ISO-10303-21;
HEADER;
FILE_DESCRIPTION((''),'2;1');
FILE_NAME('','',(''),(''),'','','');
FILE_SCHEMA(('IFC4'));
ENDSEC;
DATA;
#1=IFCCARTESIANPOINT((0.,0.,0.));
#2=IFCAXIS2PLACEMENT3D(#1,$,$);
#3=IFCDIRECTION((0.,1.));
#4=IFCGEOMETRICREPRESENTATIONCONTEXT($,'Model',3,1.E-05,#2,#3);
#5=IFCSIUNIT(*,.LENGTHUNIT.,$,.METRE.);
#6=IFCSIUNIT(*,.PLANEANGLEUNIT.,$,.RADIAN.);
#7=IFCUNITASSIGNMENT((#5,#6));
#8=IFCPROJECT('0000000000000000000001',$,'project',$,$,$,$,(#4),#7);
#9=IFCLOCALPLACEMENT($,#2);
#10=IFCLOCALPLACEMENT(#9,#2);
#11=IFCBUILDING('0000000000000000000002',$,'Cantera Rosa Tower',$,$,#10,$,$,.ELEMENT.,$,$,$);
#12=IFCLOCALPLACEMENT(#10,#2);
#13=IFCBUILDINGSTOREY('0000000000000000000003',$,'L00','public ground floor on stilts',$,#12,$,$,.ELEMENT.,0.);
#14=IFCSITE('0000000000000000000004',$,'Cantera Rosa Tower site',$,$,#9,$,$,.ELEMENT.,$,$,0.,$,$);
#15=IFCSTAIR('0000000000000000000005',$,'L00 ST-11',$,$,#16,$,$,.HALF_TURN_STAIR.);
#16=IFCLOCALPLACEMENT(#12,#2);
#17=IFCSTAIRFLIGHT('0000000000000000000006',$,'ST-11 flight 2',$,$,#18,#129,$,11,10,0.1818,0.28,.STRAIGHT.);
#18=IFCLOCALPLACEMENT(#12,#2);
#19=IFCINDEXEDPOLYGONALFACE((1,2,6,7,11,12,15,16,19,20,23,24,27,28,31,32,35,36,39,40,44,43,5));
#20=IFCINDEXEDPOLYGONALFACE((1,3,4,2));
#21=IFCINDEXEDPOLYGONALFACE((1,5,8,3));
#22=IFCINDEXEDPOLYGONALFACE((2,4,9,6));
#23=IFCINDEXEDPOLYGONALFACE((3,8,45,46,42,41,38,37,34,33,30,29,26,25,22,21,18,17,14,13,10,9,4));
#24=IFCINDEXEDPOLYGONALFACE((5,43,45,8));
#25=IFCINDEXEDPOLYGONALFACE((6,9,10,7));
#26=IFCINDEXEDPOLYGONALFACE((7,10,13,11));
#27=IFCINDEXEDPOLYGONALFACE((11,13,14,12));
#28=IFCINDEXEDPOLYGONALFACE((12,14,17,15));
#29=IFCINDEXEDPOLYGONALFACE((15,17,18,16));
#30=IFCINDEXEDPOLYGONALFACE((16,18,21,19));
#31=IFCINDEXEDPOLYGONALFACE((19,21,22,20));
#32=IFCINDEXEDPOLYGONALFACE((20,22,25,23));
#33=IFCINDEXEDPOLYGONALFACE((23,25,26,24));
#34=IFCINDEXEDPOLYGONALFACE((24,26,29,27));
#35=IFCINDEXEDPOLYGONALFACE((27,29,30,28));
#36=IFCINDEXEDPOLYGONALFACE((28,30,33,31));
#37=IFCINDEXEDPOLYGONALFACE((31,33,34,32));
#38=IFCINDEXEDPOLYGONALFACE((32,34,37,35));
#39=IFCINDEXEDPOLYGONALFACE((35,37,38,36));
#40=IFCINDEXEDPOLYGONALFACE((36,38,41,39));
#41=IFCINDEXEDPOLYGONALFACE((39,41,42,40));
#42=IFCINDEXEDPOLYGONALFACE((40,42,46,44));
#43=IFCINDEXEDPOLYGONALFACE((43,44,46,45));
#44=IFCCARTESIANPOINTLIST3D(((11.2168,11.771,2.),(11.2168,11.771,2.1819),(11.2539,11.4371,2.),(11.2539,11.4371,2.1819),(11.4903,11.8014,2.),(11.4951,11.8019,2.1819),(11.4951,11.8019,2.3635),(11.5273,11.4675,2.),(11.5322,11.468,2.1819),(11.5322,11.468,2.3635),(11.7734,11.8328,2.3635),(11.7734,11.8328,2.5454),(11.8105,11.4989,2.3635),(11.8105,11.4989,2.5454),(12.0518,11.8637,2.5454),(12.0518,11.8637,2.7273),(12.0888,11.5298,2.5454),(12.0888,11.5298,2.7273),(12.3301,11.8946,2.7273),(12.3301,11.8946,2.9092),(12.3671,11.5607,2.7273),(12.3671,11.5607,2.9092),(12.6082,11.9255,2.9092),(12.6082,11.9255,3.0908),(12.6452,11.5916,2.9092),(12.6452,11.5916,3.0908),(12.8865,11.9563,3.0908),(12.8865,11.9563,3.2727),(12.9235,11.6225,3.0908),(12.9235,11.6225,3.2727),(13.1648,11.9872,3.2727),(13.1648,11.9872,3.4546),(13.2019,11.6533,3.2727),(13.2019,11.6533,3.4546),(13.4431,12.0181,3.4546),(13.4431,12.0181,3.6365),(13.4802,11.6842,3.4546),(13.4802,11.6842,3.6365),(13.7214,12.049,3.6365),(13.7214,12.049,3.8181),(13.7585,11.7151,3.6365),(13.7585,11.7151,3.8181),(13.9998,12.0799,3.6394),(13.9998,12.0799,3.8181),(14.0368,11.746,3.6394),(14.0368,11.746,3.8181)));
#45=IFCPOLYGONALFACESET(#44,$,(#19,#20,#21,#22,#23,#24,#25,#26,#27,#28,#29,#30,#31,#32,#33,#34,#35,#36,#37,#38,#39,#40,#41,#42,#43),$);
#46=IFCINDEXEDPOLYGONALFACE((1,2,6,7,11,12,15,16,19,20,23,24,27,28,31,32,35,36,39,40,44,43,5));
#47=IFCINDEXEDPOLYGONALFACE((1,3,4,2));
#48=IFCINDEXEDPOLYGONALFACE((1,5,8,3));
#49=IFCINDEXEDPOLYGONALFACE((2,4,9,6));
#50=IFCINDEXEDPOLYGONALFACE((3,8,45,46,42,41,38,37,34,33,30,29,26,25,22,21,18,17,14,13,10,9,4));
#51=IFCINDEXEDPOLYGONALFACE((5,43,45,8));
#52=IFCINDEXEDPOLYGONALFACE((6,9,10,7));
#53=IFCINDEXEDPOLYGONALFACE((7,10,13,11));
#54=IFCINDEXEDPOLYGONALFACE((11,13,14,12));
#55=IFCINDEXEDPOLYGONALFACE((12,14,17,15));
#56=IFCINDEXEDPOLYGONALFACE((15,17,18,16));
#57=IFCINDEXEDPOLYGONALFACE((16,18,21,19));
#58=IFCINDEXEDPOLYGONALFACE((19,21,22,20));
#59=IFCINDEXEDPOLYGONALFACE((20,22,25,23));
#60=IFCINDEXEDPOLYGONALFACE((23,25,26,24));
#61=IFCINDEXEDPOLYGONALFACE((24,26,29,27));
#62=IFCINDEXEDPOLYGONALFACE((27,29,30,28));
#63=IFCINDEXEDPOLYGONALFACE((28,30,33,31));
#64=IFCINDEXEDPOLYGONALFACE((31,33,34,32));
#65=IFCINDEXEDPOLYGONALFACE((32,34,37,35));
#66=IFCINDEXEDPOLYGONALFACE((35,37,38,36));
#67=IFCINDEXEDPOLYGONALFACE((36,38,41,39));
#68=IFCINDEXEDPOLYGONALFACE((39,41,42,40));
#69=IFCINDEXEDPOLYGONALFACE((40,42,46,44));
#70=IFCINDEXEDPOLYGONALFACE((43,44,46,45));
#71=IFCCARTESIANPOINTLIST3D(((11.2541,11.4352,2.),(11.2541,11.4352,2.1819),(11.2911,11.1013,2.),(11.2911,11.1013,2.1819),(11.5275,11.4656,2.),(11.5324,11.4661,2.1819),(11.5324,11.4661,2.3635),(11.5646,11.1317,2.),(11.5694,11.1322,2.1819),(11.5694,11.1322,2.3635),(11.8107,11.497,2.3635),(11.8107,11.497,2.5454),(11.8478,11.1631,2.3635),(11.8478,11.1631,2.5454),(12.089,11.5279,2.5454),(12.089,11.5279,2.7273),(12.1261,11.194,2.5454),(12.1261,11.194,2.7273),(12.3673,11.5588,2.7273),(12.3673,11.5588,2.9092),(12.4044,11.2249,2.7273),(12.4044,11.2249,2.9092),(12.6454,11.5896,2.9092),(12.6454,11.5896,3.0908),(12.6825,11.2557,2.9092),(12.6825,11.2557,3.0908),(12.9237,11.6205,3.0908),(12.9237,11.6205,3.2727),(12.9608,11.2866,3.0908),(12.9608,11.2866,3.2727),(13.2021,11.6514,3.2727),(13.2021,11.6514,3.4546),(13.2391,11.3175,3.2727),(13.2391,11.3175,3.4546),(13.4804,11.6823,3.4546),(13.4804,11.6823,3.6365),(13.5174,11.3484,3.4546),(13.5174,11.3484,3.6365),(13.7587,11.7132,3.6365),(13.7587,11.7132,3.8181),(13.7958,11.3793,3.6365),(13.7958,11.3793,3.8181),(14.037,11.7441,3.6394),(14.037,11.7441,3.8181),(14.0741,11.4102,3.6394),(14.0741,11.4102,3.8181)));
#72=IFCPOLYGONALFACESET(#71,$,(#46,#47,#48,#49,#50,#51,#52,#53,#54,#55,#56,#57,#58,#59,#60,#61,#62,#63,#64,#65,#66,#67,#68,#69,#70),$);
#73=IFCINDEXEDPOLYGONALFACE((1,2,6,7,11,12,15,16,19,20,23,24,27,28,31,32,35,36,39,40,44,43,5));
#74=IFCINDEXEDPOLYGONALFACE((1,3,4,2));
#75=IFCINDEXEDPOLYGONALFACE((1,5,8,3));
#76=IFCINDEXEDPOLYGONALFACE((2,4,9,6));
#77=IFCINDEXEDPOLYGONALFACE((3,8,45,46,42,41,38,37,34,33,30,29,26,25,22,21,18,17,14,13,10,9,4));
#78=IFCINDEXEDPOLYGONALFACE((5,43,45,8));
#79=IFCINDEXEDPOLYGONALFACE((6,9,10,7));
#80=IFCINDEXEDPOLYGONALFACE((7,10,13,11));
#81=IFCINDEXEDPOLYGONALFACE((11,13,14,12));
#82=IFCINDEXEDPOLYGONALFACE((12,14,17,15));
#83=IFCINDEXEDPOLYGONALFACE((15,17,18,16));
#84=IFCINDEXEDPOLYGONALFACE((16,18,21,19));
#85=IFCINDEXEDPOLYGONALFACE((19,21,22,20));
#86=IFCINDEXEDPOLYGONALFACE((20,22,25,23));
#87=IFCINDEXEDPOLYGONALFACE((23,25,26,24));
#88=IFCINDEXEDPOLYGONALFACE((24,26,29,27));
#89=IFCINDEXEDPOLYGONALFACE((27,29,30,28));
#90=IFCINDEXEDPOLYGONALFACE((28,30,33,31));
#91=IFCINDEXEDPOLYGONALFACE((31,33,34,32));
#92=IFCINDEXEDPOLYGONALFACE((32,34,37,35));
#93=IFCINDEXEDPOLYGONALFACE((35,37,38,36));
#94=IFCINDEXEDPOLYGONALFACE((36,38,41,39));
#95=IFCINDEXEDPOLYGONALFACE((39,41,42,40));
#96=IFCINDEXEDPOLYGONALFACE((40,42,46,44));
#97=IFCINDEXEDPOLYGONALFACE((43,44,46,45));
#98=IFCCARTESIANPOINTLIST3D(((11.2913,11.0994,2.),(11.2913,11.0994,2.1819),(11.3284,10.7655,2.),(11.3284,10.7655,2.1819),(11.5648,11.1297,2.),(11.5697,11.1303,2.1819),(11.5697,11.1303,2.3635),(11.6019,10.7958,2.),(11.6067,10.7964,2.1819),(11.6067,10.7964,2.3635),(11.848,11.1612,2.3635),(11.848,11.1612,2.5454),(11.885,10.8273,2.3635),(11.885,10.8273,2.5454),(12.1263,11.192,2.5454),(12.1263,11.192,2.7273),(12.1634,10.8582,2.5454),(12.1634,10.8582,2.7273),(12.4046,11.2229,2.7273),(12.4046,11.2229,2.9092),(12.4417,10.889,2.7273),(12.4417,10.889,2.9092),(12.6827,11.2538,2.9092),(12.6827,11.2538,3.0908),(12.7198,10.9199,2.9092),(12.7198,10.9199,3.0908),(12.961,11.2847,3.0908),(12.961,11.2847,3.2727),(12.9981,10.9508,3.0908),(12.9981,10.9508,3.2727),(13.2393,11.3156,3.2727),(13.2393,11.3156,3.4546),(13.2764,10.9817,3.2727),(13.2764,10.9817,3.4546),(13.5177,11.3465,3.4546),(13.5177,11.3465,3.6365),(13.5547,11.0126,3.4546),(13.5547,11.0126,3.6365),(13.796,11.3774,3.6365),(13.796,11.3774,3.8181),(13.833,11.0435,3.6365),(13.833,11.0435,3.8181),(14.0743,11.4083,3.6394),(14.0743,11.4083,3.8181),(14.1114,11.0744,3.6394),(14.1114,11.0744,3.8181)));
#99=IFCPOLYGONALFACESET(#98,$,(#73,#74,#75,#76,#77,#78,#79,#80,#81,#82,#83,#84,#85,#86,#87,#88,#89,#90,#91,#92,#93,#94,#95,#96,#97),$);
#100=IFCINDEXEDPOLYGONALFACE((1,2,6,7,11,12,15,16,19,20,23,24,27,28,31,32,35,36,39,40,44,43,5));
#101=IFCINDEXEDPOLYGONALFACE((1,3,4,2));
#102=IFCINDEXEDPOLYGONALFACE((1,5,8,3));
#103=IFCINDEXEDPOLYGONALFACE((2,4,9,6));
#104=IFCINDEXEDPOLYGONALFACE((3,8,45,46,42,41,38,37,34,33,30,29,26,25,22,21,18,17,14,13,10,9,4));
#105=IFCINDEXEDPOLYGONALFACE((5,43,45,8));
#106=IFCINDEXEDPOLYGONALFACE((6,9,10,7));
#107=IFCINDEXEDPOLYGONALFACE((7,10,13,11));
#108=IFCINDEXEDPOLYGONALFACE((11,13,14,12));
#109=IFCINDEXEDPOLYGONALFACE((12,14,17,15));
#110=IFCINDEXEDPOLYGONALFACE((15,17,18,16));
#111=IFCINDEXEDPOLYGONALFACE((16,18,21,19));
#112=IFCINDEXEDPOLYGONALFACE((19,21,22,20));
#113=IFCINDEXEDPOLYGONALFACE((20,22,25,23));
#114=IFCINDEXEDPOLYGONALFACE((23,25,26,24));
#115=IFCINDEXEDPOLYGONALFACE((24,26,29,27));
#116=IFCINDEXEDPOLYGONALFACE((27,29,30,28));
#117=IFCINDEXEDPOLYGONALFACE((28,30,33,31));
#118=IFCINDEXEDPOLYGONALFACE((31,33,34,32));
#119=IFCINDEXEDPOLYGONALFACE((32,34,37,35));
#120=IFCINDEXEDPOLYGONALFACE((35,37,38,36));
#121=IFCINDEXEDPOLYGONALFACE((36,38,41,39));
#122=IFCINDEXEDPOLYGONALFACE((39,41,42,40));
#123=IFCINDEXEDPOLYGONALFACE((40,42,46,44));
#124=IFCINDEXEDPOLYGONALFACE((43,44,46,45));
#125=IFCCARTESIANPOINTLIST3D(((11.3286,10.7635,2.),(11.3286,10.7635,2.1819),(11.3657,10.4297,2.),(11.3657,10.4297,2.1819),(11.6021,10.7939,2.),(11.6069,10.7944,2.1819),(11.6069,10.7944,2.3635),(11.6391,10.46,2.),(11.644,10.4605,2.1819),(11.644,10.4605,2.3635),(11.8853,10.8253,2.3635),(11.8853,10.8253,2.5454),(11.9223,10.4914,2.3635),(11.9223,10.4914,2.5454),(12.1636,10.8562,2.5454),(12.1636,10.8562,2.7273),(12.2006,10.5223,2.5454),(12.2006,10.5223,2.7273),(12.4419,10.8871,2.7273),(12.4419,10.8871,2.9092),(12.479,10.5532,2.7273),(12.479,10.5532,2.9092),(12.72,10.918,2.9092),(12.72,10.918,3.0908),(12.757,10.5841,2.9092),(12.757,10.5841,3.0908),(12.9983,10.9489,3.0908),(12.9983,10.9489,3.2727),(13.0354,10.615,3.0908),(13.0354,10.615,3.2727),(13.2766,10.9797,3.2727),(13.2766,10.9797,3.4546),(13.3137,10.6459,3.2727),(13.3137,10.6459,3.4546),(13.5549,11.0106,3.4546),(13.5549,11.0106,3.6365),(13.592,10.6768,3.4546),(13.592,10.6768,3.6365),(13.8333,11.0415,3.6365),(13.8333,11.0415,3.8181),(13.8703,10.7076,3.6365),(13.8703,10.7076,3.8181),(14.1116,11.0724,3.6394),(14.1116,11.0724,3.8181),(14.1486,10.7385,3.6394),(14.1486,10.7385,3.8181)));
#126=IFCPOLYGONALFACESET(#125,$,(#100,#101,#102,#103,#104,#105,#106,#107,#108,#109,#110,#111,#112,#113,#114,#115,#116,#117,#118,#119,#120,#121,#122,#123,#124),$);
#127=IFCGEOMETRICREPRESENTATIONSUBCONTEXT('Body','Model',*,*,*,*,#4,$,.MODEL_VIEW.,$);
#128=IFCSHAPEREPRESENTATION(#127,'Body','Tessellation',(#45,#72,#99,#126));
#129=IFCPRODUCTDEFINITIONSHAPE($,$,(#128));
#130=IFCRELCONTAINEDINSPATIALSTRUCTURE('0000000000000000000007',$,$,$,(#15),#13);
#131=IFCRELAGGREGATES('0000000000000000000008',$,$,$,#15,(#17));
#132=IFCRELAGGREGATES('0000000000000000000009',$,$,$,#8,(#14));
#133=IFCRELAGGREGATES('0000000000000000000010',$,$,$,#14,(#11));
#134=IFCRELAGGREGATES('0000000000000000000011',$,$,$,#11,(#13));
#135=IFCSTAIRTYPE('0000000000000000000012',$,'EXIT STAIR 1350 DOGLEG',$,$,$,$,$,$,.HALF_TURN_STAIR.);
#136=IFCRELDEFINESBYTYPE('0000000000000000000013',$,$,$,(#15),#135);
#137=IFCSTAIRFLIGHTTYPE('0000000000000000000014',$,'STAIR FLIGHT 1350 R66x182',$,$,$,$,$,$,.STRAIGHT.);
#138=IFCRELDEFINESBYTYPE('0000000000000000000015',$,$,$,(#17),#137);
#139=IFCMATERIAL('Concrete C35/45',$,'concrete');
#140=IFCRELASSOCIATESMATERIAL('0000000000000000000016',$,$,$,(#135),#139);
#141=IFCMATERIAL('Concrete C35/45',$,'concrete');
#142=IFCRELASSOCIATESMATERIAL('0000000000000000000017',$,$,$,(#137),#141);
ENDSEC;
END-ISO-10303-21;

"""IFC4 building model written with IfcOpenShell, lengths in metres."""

from ifc_helpers import new_model, si_unit, direction, frame, origin, place, context, subcontext, project, spatial, polyline, outline, extrude, material, type_object, element, aggregate, save


model = new_model("IFC4")

# Units and contexts
model_context = context("Model", 3, precision=1e-05, world=origin(), true_north=direction((0.0, 1.0)))
body_context = subcontext(model_context, "Body", "Model", "MODEL_VIEW")
ifc_project = project(units=[si_unit("LENGTHUNIT", "METRE"), si_unit("PLANEANGLEUNIT", "RADIAN")], contexts=[model_context])

# Site, building, storey
site_placement = place(None, origin())
site = spatial("IfcSite", under=ifc_project, at=site_placement, Name="Cantera Rosa Tower site", CompositionType="ELEMENT", RefElevation=0.0)
building_placement = place(site_placement, origin())
building = spatial("IfcBuilding", under=site, at=building_placement, Name="Cantera Rosa Tower", CompositionType="ELEMENT")
storey_placement = place(building_placement, origin())
storey = spatial("IfcBuildingStorey", under=building, at=storey_placement, Name="L00", Description="public ground floor on stilts", CompositionType="ELEMENT", Elevation=0.0)

# Stair, stair flight
ifc_material_1 = material(Name="Concrete C35/45", Category="concrete")
stair_type = type_object("IfcStairType", Name="EXIT STAIR 1350 DOGLEG", PredefinedType="HALF_TURN_STAIR", material=ifc_material_1)
stair_placement = place(storey_placement, origin())
stair = element("IfcStair", 1, at=stair_placement, inside=storey, type_object=stair_type, Name="L00 ST-11", PredefinedType="HALF_TURN_STAIR")
ifc_material_2 = material(Name="Concrete C35/45", Category="concrete")
stair_flight_type = type_object("IfcStairFlightType", Name="STAIR FLIGHT 1350 R66x182", PredefinedType="STRAIGHT", material=ifc_material_2)
stair_flight_1_placement = place(storey_placement, frame((11.2913, 11.1001, 2.0), z_axis=(0.0, 0.0, 1.0), x_axis=(0.993897, 0.110313, 0.0)))
stair_flight_1 = element("IfcStairFlight", 2, at=stair_flight_1_placement, type_object=stair_flight_type, Name="ST-11 flight 2", NumberOfRisers=11, NumberOfTreads=10, PredefinedType="STRAIGHT", RiserHeight=0.1818, TreadLength=0.28, context=body_context, shape_type="SweptSolid", body=[
    extrude(outline(polyline([(0.0, 0.0), (0.0, 0.1819), (0.28, 0.1819), (0.28, 0.3635), (0.5601, 0.3635), (0.5601, 0.5454), (0.8401, 0.5454), (0.8401, 0.7273), (1.1201, 0.7273), (1.1201, 0.9092), (1.3999, 0.9092), (1.3999, 1.0908), (1.6799, 1.0908), (1.6799, 1.2727), (1.96, 1.2727), (1.96, 1.4546), (2.24, 1.4546), (2.24, 1.6365), (2.52, 1.6365), (2.52, 1.8181), (2.8, 1.8181), (2.8, 2.0), (2.8, 1.6394), (0.2751, 0.0), (0.0, 0.0)])), frame((0.0, 0.675, 0.0), z_axis=(0.0, -1.0, 0.0), x_axis=(1.0, 0.0, 0.0)), (0.0, 0.0, 1.0), 0.3359),
    extrude(outline(polyline([(0.0, 0.0), (0.0, 0.1819), (0.28, 0.1819), (0.28, 0.3635), (0.5601, 0.3635), (0.5601, 0.5454), (0.8401, 0.5454), (0.8401, 0.7273), (1.1201, 0.7273), (1.1201, 0.9092), (1.3999, 0.9092), (1.3999, 1.0908), (1.6799, 1.0908), (1.6799, 1.2727), (1.96, 1.2727), (1.96, 1.4546), (2.24, 1.4546), (2.24, 1.6365), (2.52, 1.6365), (2.52, 1.8181), (2.8, 1.8181), (2.8, 2.0), (2.8, 1.6394), (0.2751, 0.0), (0.0, 0.0)])), frame((0.0, 0.3372, 0.0), z_axis=(0.0, -1.0, 0.0), x_axis=(1.0, 0.0, 0.0)), (0.0, 0.0, 1.0), 0.3359),
    extrude(outline(polyline([(0.0, 0.0), (0.0, 0.1819), (0.28, 0.1819), (0.28, 0.3635), (0.5601, 0.3635), (0.5601, 0.5454), (0.8401, 0.5454), (0.8401, 0.7273), (1.1201, 0.7273), (1.1201, 0.9092), (1.3999, 0.9092), (1.3999, 1.0908), (1.6799, 1.0908), (1.6799, 1.2727), (1.96, 1.2727), (1.96, 1.4546), (2.24, 1.4546), (2.24, 1.6365), (2.52, 1.6365), (2.52, 1.8181), (2.8, 1.8181), (2.8, 2.0), (2.8, 1.6394), (0.2751, 0.0), (0.0, 0.0)])), frame((0.0, -0.0007, 0.0), z_axis=(0.0, -1.0, 0.0), x_axis=(1.0, 0.0, 0.0)), (0.0, 0.0, 1.0), 0.3359),
    extrude(outline(polyline([(0.0, 0.0), (0.0, 0.1819), (0.28, 0.1819), (0.28, 0.3635), (0.5601, 0.3635), (0.5601, 0.5454), (0.8401, 0.5454), (0.8401, 0.7273), (1.1201, 0.7273), (1.1201, 0.9092), (1.3999, 0.9092), (1.3999, 1.0908), (1.6799, 1.0908), (1.6799, 1.2727), (1.96, 1.2727), (1.96, 1.4546), (2.24, 1.4546), (2.24, 1.6365), (2.52, 1.6365), (2.52, 1.8181), (2.8, 1.8181), (2.8, 2.0), (2.8, 1.6394), (0.2751, 0.0), (0.0, 0.0)])), frame((0.0, -0.3386, 0.0), z_axis=(0.0, -1.0, 0.0), x_axis=(1.0, 0.0, 0.0)), (0.0, 0.0, 1.0), 0.3359),
])
aggregate(stair, [stair_flight_1])

save(model, "model.ifc")
